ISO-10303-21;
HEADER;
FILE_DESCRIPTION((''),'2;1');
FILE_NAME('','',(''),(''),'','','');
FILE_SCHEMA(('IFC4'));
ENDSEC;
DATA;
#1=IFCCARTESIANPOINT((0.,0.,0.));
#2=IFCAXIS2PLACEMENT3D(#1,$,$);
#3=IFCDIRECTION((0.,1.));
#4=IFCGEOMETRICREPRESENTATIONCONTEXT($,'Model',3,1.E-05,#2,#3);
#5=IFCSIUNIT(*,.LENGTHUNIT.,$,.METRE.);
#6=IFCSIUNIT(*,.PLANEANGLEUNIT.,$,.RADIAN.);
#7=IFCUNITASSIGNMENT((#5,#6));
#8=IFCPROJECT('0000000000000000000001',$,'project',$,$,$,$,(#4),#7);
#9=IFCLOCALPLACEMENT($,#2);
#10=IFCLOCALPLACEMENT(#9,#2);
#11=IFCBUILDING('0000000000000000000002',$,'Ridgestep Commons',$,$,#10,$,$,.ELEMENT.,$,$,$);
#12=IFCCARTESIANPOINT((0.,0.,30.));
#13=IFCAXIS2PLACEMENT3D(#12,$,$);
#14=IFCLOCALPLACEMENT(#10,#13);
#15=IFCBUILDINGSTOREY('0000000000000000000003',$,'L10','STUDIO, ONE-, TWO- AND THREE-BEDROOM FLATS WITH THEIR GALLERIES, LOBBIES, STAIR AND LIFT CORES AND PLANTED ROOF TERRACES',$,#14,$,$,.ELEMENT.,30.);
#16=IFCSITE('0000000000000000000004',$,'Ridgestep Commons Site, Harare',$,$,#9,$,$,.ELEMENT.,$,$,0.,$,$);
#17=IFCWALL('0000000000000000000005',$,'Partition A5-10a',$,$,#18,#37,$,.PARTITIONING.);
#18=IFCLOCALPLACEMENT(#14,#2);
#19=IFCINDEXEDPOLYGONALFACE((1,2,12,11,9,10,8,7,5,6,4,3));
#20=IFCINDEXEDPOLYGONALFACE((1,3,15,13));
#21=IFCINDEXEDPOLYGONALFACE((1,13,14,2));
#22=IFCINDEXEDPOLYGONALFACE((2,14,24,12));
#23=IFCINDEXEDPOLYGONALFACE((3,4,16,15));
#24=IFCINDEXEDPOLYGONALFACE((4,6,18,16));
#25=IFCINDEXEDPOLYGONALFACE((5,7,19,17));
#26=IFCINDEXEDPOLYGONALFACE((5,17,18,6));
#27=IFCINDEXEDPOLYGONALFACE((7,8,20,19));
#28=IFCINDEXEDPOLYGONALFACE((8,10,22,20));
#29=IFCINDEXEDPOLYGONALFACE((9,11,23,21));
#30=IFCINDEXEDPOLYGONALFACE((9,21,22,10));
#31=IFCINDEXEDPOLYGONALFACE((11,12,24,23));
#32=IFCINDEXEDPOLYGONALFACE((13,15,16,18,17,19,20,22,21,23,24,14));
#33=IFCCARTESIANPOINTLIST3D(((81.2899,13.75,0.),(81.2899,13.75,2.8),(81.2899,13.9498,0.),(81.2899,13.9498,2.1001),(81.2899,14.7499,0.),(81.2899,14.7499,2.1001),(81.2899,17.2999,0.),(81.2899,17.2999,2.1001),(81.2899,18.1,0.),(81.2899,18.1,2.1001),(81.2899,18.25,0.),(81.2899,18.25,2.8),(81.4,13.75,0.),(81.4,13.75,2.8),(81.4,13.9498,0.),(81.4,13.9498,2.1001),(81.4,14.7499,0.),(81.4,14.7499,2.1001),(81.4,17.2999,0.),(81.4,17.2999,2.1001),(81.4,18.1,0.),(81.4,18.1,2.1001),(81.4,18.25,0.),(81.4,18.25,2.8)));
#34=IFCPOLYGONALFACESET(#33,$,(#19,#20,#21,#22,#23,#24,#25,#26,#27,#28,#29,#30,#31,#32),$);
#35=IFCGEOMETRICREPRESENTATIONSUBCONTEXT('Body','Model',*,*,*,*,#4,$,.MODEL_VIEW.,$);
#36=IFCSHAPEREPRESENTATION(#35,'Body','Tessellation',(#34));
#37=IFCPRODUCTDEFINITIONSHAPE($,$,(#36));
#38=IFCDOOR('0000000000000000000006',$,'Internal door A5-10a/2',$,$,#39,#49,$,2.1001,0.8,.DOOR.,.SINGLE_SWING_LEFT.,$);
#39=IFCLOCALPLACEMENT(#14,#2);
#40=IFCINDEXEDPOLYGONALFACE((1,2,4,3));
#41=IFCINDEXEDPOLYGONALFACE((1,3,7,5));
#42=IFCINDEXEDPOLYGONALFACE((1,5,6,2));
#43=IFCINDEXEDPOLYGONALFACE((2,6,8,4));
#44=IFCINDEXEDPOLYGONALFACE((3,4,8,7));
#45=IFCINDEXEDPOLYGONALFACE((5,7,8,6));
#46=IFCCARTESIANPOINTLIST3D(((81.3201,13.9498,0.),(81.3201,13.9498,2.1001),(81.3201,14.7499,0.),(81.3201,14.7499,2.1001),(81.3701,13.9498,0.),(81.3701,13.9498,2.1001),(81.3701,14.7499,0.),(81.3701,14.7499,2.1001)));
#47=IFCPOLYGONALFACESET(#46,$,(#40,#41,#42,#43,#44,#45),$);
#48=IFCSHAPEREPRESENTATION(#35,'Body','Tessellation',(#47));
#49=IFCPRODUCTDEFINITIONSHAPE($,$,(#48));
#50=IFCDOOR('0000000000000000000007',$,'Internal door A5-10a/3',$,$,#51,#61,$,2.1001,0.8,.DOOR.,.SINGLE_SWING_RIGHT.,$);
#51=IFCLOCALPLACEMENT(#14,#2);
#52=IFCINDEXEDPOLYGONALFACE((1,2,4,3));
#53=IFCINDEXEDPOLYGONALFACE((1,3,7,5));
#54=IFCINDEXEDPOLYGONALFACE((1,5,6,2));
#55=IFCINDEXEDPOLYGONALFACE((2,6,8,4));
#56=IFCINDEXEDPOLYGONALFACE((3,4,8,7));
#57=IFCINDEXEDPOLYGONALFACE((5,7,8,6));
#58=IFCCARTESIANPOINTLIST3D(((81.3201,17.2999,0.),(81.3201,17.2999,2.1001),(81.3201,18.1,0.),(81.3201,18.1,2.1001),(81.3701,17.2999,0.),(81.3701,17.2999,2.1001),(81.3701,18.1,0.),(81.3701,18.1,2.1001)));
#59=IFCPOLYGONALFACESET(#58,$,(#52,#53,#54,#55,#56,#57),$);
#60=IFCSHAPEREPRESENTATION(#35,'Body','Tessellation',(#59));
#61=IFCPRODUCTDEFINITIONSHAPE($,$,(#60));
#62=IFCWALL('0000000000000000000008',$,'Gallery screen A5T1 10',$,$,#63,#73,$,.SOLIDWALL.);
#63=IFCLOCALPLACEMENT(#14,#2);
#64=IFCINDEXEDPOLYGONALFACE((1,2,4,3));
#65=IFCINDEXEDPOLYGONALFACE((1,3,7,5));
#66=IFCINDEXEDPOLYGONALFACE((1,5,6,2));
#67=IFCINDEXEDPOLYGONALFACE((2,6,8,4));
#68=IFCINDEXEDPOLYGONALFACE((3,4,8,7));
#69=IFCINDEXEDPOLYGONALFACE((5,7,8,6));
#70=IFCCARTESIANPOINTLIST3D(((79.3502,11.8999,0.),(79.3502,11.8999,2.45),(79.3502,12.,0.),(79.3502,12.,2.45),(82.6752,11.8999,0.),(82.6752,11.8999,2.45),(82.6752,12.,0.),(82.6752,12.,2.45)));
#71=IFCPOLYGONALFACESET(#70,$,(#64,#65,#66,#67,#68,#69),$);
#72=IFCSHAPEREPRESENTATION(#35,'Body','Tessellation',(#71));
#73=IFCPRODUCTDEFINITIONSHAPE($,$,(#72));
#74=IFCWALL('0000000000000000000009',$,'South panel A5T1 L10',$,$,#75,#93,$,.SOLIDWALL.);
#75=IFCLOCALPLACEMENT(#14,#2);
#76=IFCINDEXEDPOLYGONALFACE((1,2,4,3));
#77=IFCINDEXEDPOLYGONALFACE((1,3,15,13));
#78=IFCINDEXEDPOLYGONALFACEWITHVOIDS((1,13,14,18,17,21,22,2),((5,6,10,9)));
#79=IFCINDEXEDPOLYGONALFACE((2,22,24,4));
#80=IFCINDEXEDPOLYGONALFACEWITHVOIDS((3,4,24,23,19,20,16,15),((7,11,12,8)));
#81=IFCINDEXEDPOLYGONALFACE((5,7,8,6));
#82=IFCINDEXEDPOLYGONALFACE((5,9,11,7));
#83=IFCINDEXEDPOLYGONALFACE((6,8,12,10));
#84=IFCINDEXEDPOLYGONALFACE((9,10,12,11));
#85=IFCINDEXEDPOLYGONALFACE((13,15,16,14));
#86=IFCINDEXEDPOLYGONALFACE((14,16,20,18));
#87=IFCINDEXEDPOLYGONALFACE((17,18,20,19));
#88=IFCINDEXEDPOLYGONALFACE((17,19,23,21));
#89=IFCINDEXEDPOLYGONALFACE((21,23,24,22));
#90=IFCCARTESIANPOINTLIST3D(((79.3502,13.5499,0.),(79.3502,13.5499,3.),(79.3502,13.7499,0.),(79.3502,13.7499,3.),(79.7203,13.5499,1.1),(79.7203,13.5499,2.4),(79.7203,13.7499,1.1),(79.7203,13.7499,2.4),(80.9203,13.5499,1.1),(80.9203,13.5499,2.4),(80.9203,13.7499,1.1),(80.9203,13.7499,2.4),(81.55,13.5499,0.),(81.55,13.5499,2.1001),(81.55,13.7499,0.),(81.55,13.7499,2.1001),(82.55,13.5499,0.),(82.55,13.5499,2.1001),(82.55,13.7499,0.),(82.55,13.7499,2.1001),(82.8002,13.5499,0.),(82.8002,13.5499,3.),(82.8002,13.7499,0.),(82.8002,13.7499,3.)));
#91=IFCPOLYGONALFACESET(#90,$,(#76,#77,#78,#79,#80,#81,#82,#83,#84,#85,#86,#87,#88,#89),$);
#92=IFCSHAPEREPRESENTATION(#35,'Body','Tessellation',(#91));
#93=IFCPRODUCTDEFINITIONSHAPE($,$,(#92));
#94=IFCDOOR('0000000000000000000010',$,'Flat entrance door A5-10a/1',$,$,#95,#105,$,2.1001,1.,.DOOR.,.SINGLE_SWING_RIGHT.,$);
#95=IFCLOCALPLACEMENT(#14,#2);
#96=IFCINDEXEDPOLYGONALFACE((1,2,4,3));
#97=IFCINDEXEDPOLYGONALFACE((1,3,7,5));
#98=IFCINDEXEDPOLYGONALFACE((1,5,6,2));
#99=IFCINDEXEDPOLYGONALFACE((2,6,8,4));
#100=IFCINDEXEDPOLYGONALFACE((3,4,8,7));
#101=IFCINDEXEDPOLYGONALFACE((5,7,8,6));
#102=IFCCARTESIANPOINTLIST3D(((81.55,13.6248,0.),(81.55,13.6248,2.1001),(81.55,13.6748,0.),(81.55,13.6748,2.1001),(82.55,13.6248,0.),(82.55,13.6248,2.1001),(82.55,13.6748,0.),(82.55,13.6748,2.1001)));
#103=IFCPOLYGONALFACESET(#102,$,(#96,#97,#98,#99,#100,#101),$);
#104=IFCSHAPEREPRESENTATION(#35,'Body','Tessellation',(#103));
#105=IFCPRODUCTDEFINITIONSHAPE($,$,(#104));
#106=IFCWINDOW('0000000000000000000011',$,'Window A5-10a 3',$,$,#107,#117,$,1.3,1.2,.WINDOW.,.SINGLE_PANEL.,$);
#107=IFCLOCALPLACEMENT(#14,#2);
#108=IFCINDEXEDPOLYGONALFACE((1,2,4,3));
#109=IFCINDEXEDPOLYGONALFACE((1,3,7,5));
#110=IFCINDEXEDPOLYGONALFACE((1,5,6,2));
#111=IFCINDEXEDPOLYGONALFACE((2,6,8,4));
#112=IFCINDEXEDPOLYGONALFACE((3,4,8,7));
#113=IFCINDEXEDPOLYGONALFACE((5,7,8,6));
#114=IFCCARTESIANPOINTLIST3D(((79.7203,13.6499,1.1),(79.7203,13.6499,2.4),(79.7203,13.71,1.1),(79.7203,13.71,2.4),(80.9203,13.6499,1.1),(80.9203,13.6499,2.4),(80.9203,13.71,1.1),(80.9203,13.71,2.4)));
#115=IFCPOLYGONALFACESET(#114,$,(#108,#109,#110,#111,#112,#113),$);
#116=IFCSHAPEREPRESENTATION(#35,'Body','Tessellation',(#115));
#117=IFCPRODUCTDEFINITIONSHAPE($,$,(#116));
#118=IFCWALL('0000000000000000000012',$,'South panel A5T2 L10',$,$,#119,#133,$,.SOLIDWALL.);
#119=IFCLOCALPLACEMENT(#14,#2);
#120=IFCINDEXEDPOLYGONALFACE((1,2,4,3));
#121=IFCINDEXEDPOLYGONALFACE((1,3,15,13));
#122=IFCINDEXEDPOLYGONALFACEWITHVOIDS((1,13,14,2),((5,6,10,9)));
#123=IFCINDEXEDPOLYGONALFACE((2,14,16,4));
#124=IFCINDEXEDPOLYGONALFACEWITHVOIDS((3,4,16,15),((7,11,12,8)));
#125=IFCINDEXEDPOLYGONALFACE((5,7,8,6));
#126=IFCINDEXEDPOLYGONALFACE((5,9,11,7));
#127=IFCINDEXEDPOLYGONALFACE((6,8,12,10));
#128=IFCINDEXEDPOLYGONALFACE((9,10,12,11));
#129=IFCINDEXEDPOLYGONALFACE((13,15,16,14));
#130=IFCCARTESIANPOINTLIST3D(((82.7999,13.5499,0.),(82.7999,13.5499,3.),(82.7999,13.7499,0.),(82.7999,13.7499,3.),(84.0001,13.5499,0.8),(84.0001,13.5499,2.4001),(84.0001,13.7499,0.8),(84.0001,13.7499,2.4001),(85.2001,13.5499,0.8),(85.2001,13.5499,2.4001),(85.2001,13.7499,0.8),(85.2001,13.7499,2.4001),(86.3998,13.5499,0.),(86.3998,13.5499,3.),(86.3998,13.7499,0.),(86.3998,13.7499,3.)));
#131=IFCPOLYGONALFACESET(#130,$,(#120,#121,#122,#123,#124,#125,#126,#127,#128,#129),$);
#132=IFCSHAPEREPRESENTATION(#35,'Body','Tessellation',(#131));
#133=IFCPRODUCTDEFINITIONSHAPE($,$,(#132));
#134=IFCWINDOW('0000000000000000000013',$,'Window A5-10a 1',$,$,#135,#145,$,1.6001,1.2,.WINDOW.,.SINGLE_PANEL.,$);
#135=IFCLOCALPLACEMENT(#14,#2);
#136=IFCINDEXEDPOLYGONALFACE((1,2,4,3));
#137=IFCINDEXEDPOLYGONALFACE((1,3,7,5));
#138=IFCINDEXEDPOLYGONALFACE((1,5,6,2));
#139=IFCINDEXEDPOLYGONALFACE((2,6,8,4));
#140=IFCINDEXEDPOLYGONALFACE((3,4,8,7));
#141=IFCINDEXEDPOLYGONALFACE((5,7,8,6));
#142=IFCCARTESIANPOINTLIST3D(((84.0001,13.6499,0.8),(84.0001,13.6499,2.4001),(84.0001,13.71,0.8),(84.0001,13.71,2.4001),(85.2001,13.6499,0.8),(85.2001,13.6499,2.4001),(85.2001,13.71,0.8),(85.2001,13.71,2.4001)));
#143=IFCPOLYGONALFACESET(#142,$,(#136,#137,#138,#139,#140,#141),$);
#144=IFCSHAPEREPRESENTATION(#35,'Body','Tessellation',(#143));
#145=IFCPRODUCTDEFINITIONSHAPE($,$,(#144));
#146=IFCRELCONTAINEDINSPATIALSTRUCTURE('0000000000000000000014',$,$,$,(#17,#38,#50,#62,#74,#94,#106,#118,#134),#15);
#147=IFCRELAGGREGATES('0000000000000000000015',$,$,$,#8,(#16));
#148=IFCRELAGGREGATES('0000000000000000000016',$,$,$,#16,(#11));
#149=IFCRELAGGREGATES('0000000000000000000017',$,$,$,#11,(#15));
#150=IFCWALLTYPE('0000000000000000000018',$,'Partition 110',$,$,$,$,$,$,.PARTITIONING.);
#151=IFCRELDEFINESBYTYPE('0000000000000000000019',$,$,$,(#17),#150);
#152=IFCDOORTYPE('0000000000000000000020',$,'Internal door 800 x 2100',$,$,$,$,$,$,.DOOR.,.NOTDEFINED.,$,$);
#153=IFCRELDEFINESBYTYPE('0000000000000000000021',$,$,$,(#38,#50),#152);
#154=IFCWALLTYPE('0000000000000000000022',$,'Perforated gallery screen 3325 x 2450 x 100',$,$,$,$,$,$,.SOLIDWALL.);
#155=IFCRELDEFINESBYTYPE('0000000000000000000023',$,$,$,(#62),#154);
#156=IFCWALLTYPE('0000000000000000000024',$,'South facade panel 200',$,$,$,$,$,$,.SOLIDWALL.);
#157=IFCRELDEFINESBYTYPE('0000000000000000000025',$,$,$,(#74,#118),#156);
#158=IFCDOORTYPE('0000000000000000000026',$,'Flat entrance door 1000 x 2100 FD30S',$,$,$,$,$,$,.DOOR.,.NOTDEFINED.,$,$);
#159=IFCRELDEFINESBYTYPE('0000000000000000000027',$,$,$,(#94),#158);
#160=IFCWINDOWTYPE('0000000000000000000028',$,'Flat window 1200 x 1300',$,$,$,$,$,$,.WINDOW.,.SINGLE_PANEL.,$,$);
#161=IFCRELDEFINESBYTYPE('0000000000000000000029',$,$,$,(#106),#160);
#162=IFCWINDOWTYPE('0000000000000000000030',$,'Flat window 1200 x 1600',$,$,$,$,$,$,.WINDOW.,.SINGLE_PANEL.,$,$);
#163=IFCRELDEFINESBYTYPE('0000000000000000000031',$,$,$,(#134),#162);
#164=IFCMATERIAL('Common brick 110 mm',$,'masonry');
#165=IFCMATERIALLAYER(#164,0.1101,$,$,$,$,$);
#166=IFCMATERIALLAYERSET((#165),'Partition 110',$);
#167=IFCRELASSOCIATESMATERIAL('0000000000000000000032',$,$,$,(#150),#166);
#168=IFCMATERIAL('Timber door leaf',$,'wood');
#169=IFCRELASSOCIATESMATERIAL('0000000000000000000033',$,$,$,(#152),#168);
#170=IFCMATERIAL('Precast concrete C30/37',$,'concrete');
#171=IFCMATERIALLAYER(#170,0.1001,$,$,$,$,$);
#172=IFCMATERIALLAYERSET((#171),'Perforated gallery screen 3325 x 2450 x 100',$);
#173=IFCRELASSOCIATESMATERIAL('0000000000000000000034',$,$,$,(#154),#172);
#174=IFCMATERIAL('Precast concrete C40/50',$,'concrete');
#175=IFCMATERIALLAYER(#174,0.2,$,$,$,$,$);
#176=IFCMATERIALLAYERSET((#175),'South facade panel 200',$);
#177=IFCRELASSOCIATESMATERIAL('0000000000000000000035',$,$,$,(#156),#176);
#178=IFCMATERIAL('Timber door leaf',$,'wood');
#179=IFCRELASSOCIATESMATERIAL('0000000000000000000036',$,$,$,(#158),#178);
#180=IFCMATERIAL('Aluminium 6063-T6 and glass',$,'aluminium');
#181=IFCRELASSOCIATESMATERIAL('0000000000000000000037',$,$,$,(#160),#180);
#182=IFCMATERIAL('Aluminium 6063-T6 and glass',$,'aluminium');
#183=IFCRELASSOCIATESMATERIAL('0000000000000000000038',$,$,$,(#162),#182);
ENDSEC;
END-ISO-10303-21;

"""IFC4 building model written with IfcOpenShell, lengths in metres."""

from ifc_helpers import new_model, si_unit, direction, frame, frame_2d, origin, place, context, subcontext, project, spatial, rectangle, extrude, material, layer, layer_set, type_object, element, fill, save


model = new_model("IFC4")

# Units and contexts
model_context = context("Model", 3, precision=1e-05, world=origin(), true_north=direction((0.0, 1.0)))
body_context = subcontext(model_context, "Body", "Model", "MODEL_VIEW")
ifc_project = project(units=[si_unit("LENGTHUNIT", "METRE"), si_unit("PLANEANGLEUNIT", "RADIAN")], contexts=[model_context])

# Site, building, storey
site_placement = place(None, origin())
site = spatial("IfcSite", under=ifc_project, at=site_placement, Name="Ridgestep Commons Site, Harare", CompositionType="ELEMENT", RefElevation=0.0)
building_placement = place(site_placement, origin())
building = spatial("IfcBuilding", under=site, at=building_placement, Name="Ridgestep Commons", CompositionType="ELEMENT")
storey_placement = place(building_placement, frame((0.0, 0.0, 30.0)))
storey = spatial("IfcBuildingStorey", under=building, at=storey_placement, Name="L10", Description="STUDIO, ONE-, TWO- AND THREE-BEDROOM FLATS WITH THEIR GALLERIES, LOBBIES, STAIR AND LIFT CORES AND PLANTED ROOF TERRACES", CompositionType="ELEMENT", Elevation=30.0)

# Wall, openings, doors
ifc_material_1 = material(Name="Common brick 110 mm", Category="masonry")
ifc_layer_1 = layer(ifc_material_1, 0.1101)
ifc_layer_set_1 = layer_set([ifc_layer_1], Name="Partition 110")
wall_type_1 = type_object("IfcWallType", Name="Partition 110", PredefinedType="PARTITIONING", material=ifc_layer_set_1)
wall_1_placement = place(storey_placement, frame((81.345, 13.75, 0.0), z_axis=(0.0, 0.0, 1.0), x_axis=(0.0, 1.0, 0.0)))
wall_1 = element("IfcWall", 1, at=wall_1_placement, inside=storey, type_object=wall_type_1, Name="Partition A5-10a", PredefinedType="PARTITIONING", context=body_context, shape_type="SweptSolid", body=[
    extrude(rectangle(XDim=4.5, YDim=0.1101, at=frame_2d((2.25, 0.0))), origin(), (0.0, 0.0, 1.0), 2.8),
])
opening_1_placement = place(wall_1_placement, frame((0.2, 0.0, 0.0)))
opening_1 = element("IfcOpeningElement", 2, at=opening_1_placement, cuts=wall_1, PredefinedType="OPENING", context=body_context, shape_type="SweptSolid", body=[
    extrude(rectangle(XDim=0.8, YDim=2.1001, at=frame_2d((0.3999, 1.05))), frame((0.0, 0.0649, 0.0), z_axis=(0.0, -1.0, 0.0), x_axis=(1.0, 0.0, 0.0)), (0.0, 0.0, 1.0), 0.1301),
])
opening_2_placement = place(wall_1_placement, frame((3.55, 0.0, 0.0)))
opening_2 = element("IfcOpeningElement", 3, at=opening_2_placement, cuts=wall_1, PredefinedType="OPENING", context=body_context, shape_type="SweptSolid", body=[
    extrude(rectangle(XDim=0.8, YDim=2.1001, at=frame_2d((0.3999, 1.05))), frame((0.0, 0.0649, 0.0), z_axis=(0.0, -1.0, 0.0), x_axis=(1.0, 0.0, 0.0)), (0.0, 0.0, 1.0), 0.1301),
])
ifc_material_2 = material(Name="Timber door leaf", Category="wood")
door_type_1 = type_object("IfcDoorType", Name="Internal door 800 x 2100", OperationType="NOTDEFINED", PredefinedType="DOOR", material=ifc_material_2)
door_1_placement = place(opening_1_placement, origin())
door_1 = element("IfcDoor", 4, at=door_1_placement, inside=storey, type_object=door_type_1, Name="Internal door A5-10a/2", OperationType="SINGLE_SWING_LEFT", OverallHeight=2.1001, OverallWidth=0.8, PredefinedType="DOOR", context=body_context, shape_type="SweptSolid", body=[
    extrude(rectangle(XDim=0.8, YDim=2.1001, at=frame_2d((0.3999, 1.05))), frame((0.0, 0.0249, 0.0), z_axis=(0.0, -1.0, 0.0), x_axis=(1.0, 0.0, 0.0)), (0.0, 0.0, 1.0), 0.05),
])
fill(opening_1, door_1)
door_2_placement = place(opening_2_placement, origin())
door_2 = element("IfcDoor", 5, at=door_2_placement, inside=storey, type_object=door_type_1, Name="Internal door A5-10a/3", OperationType="SINGLE_SWING_RIGHT", OverallHeight=2.1001, OverallWidth=0.8, PredefinedType="DOOR", context=body_context, shape_type="SweptSolid", body=[
    extrude(rectangle(XDim=0.8, YDim=2.1001, at=frame_2d((0.3999, 1.05))), frame((0.0, 0.0249, 0.0), z_axis=(0.0, -1.0, 0.0), x_axis=(1.0, 0.0, 0.0)), (0.0, 0.0, 1.0), 0.05),
])
fill(opening_2, door_2)

# Wall
ifc_material_3 = material(Name="Precast concrete C30/37", Category="concrete")
ifc_layer_2 = layer(ifc_material_3, 0.1001)
ifc_layer_set_2 = layer_set([ifc_layer_2], Name="Perforated gallery screen 3325 x 2450 x 100")
wall_type_2 = type_object("IfcWallType", Name="Perforated gallery screen 3325 x 2450 x 100", PredefinedType="SOLIDWALL", material=ifc_layer_set_2)
wall_2_placement = place(storey_placement, frame((79.3501, 11.95, 0.0), z_axis=(0.0, 0.0, 1.0), x_axis=(1.0, 0.0, 0.0)))
element("IfcWall", 6, at=wall_2_placement, inside=storey, type_object=wall_type_2, Name="Gallery screen A5T1 10", PredefinedType="SOLIDWALL", context=body_context, shape_type="SweptSolid", body=[
    extrude(rectangle(XDim=3.325, YDim=0.1001, at=frame_2d((1.6626, 0.0))), origin(), (0.0, 0.0, 1.0), 2.45),
])

# Wall, openings, door, window
ifc_material_4 = material(Name="Precast concrete C40/50", Category="concrete")
ifc_layer_3 = layer(ifc_material_4, 0.2)
ifc_layer_set_3 = layer_set([ifc_layer_3], Name="South facade panel 200")
wall_type_3 = type_object("IfcWallType", Name="South facade panel 200", PredefinedType="SOLIDWALL", material=ifc_layer_set_3)
wall_3_placement = place(storey_placement, frame((79.3501, 13.6499, 0.0), z_axis=(0.0, 0.0, 1.0), x_axis=(1.0, 0.0, 0.0)))
wall_3 = element("IfcWall", 7, at=wall_3_placement, inside=storey, type_object=wall_type_3, Name="South panel A5T1 L10", PredefinedType="SOLIDWALL", context=body_context, shape_type="SweptSolid", body=[
    extrude(rectangle(XDim=3.45, YDim=0.2, at=frame_2d((1.7251, 0.0))), origin(), (0.0, 0.0, 1.0), 3.0),
])
opening_3_placement = place(wall_3_placement, frame((0.3701, 0.0, 1.1001)))
opening_3 = element("IfcOpeningElement", 8, at=opening_3_placement, cuts=wall_3, PredefinedType="OPENING", context=body_context, shape_type="SweptSolid", body=[
    extrude(rectangle(XDim=1.2, YDim=1.3, at=frame_2d((0.6001, 0.6499))), frame((0.0, 0.1099, 0.0), z_axis=(0.0, -1.0, 0.0), x_axis=(1.0, 0.0, 0.0)), (0.0, 0.0, 1.0), 0.22),
])
opening_4_placement = place(wall_3_placement, frame((2.2, 0.0, 0.0)))
opening_4 = element("IfcOpeningElement", 9, at=opening_4_placement, cuts=wall_3, PredefinedType="OPENING", context=body_context, shape_type="SweptSolid", body=[
    extrude(rectangle(XDim=1.0, YDim=2.1001, at=frame_2d((0.5, 1.05))), frame((0.0, 0.1099, 0.0), z_axis=(0.0, -1.0, 0.0), x_axis=(1.0, 0.0, 0.0)), (0.0, 0.0, 1.0), 0.22),
])
ifc_material_5 = material(Name="Timber door leaf", Category="wood")
door_type_2 = type_object("IfcDoorType", Name="Flat entrance door 1000 x 2100 FD30S", OperationType="NOTDEFINED", PredefinedType="DOOR", material=ifc_material_5)
door_3_placement = place(opening_4_placement, origin())
door_3 = element("IfcDoor", 10, at=door_3_placement, inside=storey, type_object=door_type_2, Name="Flat entrance door A5-10a/1", OperationType="SINGLE_SWING_RIGHT", OverallHeight=2.1001, OverallWidth=1.0, PredefinedType="DOOR", context=body_context, shape_type="SweptSolid", body=[
    extrude(rectangle(XDim=1.0, YDim=2.1001, at=frame_2d((0.5, 1.05))), frame((0.0, 0.0249, 0.0), z_axis=(0.0, -1.0, 0.0), x_axis=(1.0, 0.0, 0.0)), (0.0, 0.0, 1.0), 0.05),
])
fill(opening_4, door_3)
ifc_material_6 = material(Name="Aluminium 6063-T6 and glass", Category="aluminium")
window_type_1 = type_object("IfcWindowType", Name="Flat window 1200 x 1300", PartitioningType="SINGLE_PANEL", PredefinedType="WINDOW", material=ifc_material_6)
window_1_placement = place(opening_3_placement, origin())
window_1 = element("IfcWindow", 11, at=window_1_placement, inside=storey, type_object=window_type_1, Name="Window A5-10a 3", OverallHeight=1.3, OverallWidth=1.2, PartitioningType="SINGLE_PANEL", PredefinedType="WINDOW", context=body_context, shape_type="SweptSolid", body=[
    extrude(rectangle(XDim=1.2, YDim=1.3, at=frame_2d((0.6001, 0.6499))), frame((0.0, 0.0601, 0.0), z_axis=(0.0, -1.0, 0.0), x_axis=(1.0, 0.0, 0.0)), (0.0, 0.0, 1.0), 0.0601),
])
fill(opening_3, window_1)

# Wall, opening, window
wall_4_placement = place(storey_placement, frame((82.8, 13.6499, 0.0), z_axis=(0.0, 0.0, 1.0), x_axis=(1.0, 0.0, 0.0)))
wall_4 = element("IfcWall", 12, at=wall_4_placement, inside=storey, type_object=wall_type_3, Name="South panel A5T2 L10", PredefinedType="SOLIDWALL", context=body_context, shape_type="SweptSolid", body=[
    extrude(rectangle(XDim=3.5999, YDim=0.2, at=frame_2d((1.7998, 0.0))), origin(), (0.0, 0.0, 1.0), 3.0),
])
opening_5_placement = place(wall_4_placement, frame((1.2, 0.0, 0.8)))
opening_5 = element("IfcOpeningElement", 13, at=opening_5_placement, cuts=wall_4, PredefinedType="OPENING", context=body_context, shape_type="SweptSolid", body=[
    extrude(rectangle(XDim=1.2, YDim=1.6001, at=frame_2d((0.6001, 0.8))), frame((0.0, 0.1099, 0.0), z_axis=(0.0, -1.0, 0.0), x_axis=(1.0, 0.0, 0.0)), (0.0, 0.0, 1.0), 0.22),
])
ifc_material_7 = material(Name="Aluminium 6063-T6 and glass", Category="aluminium")
window_type_2 = type_object("IfcWindowType", Name="Flat window 1200 x 1600", PartitioningType="SINGLE_PANEL", PredefinedType="WINDOW", material=ifc_material_7)
window_2_placement = place(opening_5_placement, origin())
window_2 = element("IfcWindow", 14, at=window_2_placement, inside=storey, type_object=window_type_2, Name="Window A5-10a 1", OverallHeight=1.6001, OverallWidth=1.2, PartitioningType="SINGLE_PANEL", PredefinedType="WINDOW", context=body_context, shape_type="SweptSolid", body=[
    extrude(rectangle(XDim=1.2, YDim=1.6001, at=frame_2d((0.6001, 0.8))), frame((0.0, 0.0601, 0.0), z_axis=(0.0, -1.0, 0.0), x_axis=(1.0, 0.0, 0.0)), (0.0, 0.0, 1.0), 0.0601),
])
fill(opening_5, window_2)

save(model, "model.ifc")
